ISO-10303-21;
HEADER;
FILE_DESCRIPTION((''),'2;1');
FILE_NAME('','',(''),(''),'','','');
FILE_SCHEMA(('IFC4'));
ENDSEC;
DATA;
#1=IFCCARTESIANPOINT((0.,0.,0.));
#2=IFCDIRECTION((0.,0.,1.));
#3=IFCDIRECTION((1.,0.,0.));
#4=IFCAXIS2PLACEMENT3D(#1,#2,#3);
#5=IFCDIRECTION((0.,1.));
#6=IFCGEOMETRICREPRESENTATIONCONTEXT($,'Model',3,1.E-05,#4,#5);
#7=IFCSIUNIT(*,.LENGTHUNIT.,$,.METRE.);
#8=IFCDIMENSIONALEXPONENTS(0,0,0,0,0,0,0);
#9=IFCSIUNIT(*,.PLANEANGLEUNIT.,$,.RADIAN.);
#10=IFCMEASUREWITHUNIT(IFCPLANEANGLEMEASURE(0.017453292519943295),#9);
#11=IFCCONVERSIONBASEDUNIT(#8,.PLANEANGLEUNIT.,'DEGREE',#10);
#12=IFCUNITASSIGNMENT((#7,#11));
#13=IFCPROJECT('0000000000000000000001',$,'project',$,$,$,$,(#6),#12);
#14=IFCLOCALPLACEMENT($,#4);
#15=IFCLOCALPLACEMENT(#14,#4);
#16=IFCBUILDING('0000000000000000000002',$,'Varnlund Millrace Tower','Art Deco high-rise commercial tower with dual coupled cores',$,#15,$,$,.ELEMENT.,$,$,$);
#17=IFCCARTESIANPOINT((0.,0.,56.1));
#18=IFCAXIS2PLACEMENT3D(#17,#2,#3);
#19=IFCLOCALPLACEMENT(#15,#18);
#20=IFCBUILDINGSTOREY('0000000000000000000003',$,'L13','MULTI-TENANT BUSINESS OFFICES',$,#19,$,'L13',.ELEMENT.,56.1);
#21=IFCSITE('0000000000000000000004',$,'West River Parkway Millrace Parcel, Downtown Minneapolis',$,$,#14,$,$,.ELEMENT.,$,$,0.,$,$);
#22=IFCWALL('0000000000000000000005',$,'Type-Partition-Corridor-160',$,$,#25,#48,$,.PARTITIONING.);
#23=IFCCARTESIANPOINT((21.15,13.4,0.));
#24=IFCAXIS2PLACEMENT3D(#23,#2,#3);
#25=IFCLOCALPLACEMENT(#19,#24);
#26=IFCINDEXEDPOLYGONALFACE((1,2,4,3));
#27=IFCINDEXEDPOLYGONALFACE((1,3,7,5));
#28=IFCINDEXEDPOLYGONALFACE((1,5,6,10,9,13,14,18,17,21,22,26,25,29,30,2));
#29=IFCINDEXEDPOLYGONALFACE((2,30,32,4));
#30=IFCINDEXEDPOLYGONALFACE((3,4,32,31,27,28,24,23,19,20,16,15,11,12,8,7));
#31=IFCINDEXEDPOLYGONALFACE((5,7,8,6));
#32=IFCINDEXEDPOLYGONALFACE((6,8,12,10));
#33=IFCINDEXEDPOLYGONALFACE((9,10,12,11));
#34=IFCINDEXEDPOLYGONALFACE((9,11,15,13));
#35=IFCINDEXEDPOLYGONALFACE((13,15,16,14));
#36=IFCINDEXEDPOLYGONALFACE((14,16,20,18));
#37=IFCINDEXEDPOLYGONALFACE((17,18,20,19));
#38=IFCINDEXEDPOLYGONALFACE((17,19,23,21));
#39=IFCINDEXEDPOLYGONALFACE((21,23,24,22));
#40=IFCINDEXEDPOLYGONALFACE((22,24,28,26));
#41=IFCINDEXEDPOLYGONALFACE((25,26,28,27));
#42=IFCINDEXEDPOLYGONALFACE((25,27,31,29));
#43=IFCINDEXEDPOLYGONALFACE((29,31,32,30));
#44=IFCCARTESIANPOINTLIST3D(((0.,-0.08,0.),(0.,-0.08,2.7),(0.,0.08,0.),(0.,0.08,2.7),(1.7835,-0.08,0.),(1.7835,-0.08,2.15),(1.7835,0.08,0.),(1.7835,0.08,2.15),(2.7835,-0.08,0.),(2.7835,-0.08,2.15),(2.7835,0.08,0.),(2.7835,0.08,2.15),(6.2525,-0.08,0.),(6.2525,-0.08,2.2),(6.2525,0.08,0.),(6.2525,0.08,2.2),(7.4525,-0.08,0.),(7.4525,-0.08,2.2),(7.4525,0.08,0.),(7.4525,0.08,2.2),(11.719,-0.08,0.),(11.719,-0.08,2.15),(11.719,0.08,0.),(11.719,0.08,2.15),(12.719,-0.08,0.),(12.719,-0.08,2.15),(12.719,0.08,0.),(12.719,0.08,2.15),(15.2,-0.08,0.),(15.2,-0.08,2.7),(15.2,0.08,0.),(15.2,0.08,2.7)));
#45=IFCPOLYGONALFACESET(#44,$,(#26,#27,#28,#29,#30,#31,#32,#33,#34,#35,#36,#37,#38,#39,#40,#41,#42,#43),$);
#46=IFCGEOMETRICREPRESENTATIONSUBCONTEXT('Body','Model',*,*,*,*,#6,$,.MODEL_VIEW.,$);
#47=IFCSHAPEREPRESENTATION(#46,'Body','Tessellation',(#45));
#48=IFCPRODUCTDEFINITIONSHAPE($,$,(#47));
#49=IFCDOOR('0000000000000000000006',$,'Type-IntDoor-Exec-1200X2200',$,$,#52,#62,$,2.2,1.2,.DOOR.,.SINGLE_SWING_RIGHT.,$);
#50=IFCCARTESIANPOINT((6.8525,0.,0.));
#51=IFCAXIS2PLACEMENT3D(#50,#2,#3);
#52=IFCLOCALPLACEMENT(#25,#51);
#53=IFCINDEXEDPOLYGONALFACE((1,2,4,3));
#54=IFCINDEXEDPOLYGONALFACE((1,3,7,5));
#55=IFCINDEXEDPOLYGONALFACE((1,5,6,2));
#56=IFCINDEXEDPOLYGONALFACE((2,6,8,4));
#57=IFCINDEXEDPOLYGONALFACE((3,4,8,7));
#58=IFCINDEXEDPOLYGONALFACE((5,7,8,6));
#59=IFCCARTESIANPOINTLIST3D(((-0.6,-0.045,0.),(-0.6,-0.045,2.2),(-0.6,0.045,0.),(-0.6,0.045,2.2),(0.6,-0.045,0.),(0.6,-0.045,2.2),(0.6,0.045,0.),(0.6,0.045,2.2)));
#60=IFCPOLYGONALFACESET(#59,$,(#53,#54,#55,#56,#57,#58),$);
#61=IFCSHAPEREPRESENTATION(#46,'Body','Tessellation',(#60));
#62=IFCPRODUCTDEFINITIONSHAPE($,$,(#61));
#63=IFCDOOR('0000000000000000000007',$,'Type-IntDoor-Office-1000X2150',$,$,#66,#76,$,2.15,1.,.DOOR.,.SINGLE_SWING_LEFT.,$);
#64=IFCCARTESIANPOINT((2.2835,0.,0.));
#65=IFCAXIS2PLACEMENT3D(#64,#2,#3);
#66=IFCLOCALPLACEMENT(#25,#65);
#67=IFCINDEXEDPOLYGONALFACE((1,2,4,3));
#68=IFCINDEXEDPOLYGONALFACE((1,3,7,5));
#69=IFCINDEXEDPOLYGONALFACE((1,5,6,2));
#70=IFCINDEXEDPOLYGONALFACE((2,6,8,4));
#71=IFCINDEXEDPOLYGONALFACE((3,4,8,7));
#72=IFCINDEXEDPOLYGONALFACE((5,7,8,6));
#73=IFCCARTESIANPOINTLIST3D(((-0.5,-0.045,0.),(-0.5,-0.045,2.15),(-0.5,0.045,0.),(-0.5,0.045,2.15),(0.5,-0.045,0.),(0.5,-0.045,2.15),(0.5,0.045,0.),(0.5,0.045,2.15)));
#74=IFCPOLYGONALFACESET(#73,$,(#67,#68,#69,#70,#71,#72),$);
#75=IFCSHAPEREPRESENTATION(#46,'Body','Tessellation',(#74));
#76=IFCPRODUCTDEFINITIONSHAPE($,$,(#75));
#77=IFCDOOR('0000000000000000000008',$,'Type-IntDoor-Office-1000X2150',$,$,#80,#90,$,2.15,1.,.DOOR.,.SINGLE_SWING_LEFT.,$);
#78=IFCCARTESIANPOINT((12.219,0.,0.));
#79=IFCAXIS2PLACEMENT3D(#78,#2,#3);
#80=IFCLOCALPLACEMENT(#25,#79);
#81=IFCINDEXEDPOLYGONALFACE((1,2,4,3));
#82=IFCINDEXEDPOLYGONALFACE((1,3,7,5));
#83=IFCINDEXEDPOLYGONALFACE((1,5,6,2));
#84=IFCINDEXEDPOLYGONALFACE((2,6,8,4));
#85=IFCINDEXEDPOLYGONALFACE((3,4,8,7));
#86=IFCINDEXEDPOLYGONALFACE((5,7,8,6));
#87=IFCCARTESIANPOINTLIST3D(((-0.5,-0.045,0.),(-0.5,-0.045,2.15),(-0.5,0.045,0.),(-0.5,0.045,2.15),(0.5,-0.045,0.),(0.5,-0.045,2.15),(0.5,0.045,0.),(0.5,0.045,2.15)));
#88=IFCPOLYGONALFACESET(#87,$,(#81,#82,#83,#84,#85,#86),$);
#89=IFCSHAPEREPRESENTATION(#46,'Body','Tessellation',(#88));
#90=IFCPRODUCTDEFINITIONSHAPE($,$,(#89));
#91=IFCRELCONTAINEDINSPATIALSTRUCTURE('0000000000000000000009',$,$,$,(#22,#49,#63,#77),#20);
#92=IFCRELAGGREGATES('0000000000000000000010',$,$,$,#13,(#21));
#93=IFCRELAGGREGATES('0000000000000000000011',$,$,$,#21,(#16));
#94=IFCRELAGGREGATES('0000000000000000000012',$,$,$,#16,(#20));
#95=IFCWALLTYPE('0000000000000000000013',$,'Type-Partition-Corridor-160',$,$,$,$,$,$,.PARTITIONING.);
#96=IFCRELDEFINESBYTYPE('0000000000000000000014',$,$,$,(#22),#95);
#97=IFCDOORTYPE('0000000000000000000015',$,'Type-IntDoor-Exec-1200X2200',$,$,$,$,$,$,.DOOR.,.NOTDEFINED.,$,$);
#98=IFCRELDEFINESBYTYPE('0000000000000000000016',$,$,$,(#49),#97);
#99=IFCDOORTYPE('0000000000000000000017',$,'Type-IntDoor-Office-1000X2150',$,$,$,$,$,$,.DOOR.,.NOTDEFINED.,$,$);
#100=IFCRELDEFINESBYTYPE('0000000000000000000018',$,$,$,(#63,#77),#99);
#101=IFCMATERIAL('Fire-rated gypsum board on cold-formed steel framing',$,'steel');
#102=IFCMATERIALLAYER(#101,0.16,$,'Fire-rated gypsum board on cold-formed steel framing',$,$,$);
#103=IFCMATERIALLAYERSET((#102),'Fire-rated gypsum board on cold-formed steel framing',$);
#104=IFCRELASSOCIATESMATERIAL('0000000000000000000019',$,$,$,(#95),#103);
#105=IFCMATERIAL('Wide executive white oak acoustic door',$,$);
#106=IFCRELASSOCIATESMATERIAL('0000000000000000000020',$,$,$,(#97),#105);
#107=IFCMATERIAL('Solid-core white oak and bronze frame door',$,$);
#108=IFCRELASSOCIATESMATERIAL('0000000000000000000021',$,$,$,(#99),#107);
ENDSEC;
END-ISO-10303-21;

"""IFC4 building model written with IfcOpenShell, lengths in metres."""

from ifc_helpers import new_model, entity, si_unit, converted_unit, direction, frame, origin_with_axes, origin_2d_with_axis, place, context, subcontext, project, spatial, polyline, rectangle, outline, extrude, material, layer, layer_set, type_object, element, fill, save


model = new_model("IFC4")

# Units and contexts
model_context = context("Model", 3, precision=1e-05, world=origin_with_axes(), true_north=direction((0.0, 1.0)))
body_context = subcontext(model_context, "Body", "Model", "MODEL_VIEW")
ifc_project = project(units=[si_unit("LENGTHUNIT", "METRE"), converted_unit("PLANEANGLEUNIT", "DEGREE", entity("IfcPlaneAngleMeasure", 0.017453292519943295), si_unit("PLANEANGLEUNIT", "RADIAN"), dimensions=[0, 0, 0, 0, 0, 0, 0])], contexts=[model_context])

# Site, building, storey
site_placement = place(None, origin_with_axes())
site = spatial("IfcSite", under=ifc_project, at=site_placement, Name="West River Parkway Millrace Parcel, Downtown Minneapolis", CompositionType="ELEMENT", RefElevation=0.0)
building_placement = place(site_placement, origin_with_axes())
building = spatial("IfcBuilding", under=site, at=building_placement, Name="Varnlund Millrace Tower", Description="Art Deco high-rise commercial tower with dual coupled cores", CompositionType="ELEMENT")
storey_placement = place(building_placement, frame((0.0, 0.0, 56.1), z_axis=(0.0, 0.0, 1.0), x_axis=(1.0, 0.0, 0.0)))
storey = spatial("IfcBuildingStorey", under=building, at=storey_placement, Name="L13", Description="MULTI-TENANT BUSINESS OFFICES", LongName="L13", CompositionType="ELEMENT", Elevation=56.1)

# Shared definitions
ifc_material_1 = material(Name="Fire-rated gypsum board on cold-formed steel framing", Category="steel")
ifc_layer_1 = layer(ifc_material_1, 0.16, Name="Fire-rated gypsum board on cold-formed steel framing")
ifc_layer_set_1 = layer_set([ifc_layer_1], Name="Fire-rated gypsum board on cold-formed steel framing")
wall_type_1 = type_object("IfcWallType", Name="Type-Partition-Corridor-160", PredefinedType="PARTITIONING", material=ifc_layer_set_1)

# Wall, openings, doors
wall_1_placement = place(storey_placement, frame((21.15, 13.4, 0.0), z_axis=(0.0, 0.0, 1.0), x_axis=(1.0, 0.0, 0.0)))
wall_1 = element("IfcWall", 1, at=wall_1_placement, inside=storey, type_object=wall_type_1, Name="Type-Partition-Corridor-160", PredefinedType="PARTITIONING", context=body_context, shape_type="SweptSolid", body=[
    extrude(outline(polyline([(0.0, -0.08), (15.2, -0.08), (15.2, 0.08), (0.0, 0.08), (0.0, -0.08)])), origin_with_axes(), (0.0, 0.0, 1.0), 2.7),
])
opening_1_placement = place(wall_1_placement, frame((2.2835, 0.0, 0.0), z_axis=(0.0, 0.0, 1.0), x_axis=(1.0, 0.0, 0.0)))
opening_1 = element("IfcOpeningElement", 2, at=opening_1_placement, cuts=wall_1, PredefinedType="OPENING", context=body_context, shape_type="SweptSolid", body=[
    extrude(rectangle(XDim=1.0, YDim=0.18, at=origin_2d_with_axis()), origin_with_axes(), (0.0, 0.0, 1.0), 2.15),
])
opening_2_placement = place(wall_1_placement, frame((6.8525, 0.0, 0.0), z_axis=(0.0, 0.0, 1.0), x_axis=(1.0, 0.0, 0.0)))
opening_2 = element("IfcOpeningElement", 3, at=opening_2_placement, cuts=wall_1, PredefinedType="OPENING", context=body_context, shape_type="SweptSolid", body=[
    extrude(rectangle(XDim=1.2, YDim=0.18, at=origin_2d_with_axis()), origin_with_axes(), (0.0, 0.0, 1.0), 2.2),
])
opening_3_placement = place(wall_1_placement, frame((12.219, 0.0, 0.0), z_axis=(0.0, 0.0, 1.0), x_axis=(1.0, 0.0, 0.0)))
opening_3 = element("IfcOpeningElement", 4, at=opening_3_placement, cuts=wall_1, PredefinedType="OPENING", context=body_context, shape_type="SweptSolid", body=[
    extrude(rectangle(XDim=1.0, YDim=0.18, at=origin_2d_with_axis()), origin_with_axes(), (0.0, 0.0, 1.0), 2.15),
])
ifc_material_2 = material(Name="Wide executive white oak acoustic door")
door_type_1 = type_object("IfcDoorType", Name="Type-IntDoor-Exec-1200X2200", OperationType="NOTDEFINED", PredefinedType="DOOR", material=ifc_material_2)
door_1_placement = place(wall_1_placement, frame((6.8525, 0.0, 0.0), z_axis=(0.0, 0.0, 1.0), x_axis=(1.0, 0.0, 0.0)))
door_1 = element("IfcDoor", 5, at=door_1_placement, inside=storey, type_object=door_type_1, Name="Type-IntDoor-Exec-1200X2200", OperationType="SINGLE_SWING_RIGHT", OverallHeight=2.2, OverallWidth=1.2, PredefinedType="DOOR", context=body_context, shape_type="SweptSolid", body=[
    extrude(rectangle(XDim=1.2, YDim=0.09, at=origin_2d_with_axis()), origin_with_axes(), (0.0, 0.0, 1.0), 2.2),
])
fill(opening_2, door_1)
ifc_material_3 = material(Name="Solid-core white oak and bronze frame door")
door_type_2 = type_object("IfcDoorType", Name="Type-IntDoor-Office-1000X2150", OperationType="NOTDEFINED", PredefinedType="DOOR", material=ifc_material_3)
door_2_placement = place(wall_1_placement, frame((2.2835, 0.0, 0.0), z_axis=(0.0, 0.0, 1.0), x_axis=(1.0, 0.0, 0.0)))
door_2 = element("IfcDoor", 6, at=door_2_placement, inside=storey, type_object=door_type_2, Name="Type-IntDoor-Office-1000X2150", OperationType="SINGLE_SWING_LEFT", OverallHeight=2.15, OverallWidth=1.0, PredefinedType="DOOR", context=body_context, shape_type="SweptSolid", body=[
    extrude(rectangle(XDim=1.0, YDim=0.09, at=origin_2d_with_axis()), origin_with_axes(), (0.0, 0.0, 1.0), 2.15),
])
fill(opening_1, door_2)
door_3_placement = place(wall_1_placement, frame((12.219, 0.0, 0.0), z_axis=(0.0, 0.0, 1.0), x_axis=(1.0, 0.0, 0.0)))
door_3 = element("IfcDoor", 7, at=door_3_placement, inside=storey, type_object=door_type_2, Name="Type-IntDoor-Office-1000X2150", OperationType="SINGLE_SWING_LEFT", OverallHeight=2.15, OverallWidth=1.0, PredefinedType="DOOR", context=body_context, shape_type="SweptSolid", body=[
    extrude(rectangle(XDim=1.0, YDim=0.09, at=origin_2d_with_axis()), origin_with_axes(), (0.0, 0.0, 1.0), 2.15),
])
fill(opening_3, door_3)

save(model, "model.ifc")
